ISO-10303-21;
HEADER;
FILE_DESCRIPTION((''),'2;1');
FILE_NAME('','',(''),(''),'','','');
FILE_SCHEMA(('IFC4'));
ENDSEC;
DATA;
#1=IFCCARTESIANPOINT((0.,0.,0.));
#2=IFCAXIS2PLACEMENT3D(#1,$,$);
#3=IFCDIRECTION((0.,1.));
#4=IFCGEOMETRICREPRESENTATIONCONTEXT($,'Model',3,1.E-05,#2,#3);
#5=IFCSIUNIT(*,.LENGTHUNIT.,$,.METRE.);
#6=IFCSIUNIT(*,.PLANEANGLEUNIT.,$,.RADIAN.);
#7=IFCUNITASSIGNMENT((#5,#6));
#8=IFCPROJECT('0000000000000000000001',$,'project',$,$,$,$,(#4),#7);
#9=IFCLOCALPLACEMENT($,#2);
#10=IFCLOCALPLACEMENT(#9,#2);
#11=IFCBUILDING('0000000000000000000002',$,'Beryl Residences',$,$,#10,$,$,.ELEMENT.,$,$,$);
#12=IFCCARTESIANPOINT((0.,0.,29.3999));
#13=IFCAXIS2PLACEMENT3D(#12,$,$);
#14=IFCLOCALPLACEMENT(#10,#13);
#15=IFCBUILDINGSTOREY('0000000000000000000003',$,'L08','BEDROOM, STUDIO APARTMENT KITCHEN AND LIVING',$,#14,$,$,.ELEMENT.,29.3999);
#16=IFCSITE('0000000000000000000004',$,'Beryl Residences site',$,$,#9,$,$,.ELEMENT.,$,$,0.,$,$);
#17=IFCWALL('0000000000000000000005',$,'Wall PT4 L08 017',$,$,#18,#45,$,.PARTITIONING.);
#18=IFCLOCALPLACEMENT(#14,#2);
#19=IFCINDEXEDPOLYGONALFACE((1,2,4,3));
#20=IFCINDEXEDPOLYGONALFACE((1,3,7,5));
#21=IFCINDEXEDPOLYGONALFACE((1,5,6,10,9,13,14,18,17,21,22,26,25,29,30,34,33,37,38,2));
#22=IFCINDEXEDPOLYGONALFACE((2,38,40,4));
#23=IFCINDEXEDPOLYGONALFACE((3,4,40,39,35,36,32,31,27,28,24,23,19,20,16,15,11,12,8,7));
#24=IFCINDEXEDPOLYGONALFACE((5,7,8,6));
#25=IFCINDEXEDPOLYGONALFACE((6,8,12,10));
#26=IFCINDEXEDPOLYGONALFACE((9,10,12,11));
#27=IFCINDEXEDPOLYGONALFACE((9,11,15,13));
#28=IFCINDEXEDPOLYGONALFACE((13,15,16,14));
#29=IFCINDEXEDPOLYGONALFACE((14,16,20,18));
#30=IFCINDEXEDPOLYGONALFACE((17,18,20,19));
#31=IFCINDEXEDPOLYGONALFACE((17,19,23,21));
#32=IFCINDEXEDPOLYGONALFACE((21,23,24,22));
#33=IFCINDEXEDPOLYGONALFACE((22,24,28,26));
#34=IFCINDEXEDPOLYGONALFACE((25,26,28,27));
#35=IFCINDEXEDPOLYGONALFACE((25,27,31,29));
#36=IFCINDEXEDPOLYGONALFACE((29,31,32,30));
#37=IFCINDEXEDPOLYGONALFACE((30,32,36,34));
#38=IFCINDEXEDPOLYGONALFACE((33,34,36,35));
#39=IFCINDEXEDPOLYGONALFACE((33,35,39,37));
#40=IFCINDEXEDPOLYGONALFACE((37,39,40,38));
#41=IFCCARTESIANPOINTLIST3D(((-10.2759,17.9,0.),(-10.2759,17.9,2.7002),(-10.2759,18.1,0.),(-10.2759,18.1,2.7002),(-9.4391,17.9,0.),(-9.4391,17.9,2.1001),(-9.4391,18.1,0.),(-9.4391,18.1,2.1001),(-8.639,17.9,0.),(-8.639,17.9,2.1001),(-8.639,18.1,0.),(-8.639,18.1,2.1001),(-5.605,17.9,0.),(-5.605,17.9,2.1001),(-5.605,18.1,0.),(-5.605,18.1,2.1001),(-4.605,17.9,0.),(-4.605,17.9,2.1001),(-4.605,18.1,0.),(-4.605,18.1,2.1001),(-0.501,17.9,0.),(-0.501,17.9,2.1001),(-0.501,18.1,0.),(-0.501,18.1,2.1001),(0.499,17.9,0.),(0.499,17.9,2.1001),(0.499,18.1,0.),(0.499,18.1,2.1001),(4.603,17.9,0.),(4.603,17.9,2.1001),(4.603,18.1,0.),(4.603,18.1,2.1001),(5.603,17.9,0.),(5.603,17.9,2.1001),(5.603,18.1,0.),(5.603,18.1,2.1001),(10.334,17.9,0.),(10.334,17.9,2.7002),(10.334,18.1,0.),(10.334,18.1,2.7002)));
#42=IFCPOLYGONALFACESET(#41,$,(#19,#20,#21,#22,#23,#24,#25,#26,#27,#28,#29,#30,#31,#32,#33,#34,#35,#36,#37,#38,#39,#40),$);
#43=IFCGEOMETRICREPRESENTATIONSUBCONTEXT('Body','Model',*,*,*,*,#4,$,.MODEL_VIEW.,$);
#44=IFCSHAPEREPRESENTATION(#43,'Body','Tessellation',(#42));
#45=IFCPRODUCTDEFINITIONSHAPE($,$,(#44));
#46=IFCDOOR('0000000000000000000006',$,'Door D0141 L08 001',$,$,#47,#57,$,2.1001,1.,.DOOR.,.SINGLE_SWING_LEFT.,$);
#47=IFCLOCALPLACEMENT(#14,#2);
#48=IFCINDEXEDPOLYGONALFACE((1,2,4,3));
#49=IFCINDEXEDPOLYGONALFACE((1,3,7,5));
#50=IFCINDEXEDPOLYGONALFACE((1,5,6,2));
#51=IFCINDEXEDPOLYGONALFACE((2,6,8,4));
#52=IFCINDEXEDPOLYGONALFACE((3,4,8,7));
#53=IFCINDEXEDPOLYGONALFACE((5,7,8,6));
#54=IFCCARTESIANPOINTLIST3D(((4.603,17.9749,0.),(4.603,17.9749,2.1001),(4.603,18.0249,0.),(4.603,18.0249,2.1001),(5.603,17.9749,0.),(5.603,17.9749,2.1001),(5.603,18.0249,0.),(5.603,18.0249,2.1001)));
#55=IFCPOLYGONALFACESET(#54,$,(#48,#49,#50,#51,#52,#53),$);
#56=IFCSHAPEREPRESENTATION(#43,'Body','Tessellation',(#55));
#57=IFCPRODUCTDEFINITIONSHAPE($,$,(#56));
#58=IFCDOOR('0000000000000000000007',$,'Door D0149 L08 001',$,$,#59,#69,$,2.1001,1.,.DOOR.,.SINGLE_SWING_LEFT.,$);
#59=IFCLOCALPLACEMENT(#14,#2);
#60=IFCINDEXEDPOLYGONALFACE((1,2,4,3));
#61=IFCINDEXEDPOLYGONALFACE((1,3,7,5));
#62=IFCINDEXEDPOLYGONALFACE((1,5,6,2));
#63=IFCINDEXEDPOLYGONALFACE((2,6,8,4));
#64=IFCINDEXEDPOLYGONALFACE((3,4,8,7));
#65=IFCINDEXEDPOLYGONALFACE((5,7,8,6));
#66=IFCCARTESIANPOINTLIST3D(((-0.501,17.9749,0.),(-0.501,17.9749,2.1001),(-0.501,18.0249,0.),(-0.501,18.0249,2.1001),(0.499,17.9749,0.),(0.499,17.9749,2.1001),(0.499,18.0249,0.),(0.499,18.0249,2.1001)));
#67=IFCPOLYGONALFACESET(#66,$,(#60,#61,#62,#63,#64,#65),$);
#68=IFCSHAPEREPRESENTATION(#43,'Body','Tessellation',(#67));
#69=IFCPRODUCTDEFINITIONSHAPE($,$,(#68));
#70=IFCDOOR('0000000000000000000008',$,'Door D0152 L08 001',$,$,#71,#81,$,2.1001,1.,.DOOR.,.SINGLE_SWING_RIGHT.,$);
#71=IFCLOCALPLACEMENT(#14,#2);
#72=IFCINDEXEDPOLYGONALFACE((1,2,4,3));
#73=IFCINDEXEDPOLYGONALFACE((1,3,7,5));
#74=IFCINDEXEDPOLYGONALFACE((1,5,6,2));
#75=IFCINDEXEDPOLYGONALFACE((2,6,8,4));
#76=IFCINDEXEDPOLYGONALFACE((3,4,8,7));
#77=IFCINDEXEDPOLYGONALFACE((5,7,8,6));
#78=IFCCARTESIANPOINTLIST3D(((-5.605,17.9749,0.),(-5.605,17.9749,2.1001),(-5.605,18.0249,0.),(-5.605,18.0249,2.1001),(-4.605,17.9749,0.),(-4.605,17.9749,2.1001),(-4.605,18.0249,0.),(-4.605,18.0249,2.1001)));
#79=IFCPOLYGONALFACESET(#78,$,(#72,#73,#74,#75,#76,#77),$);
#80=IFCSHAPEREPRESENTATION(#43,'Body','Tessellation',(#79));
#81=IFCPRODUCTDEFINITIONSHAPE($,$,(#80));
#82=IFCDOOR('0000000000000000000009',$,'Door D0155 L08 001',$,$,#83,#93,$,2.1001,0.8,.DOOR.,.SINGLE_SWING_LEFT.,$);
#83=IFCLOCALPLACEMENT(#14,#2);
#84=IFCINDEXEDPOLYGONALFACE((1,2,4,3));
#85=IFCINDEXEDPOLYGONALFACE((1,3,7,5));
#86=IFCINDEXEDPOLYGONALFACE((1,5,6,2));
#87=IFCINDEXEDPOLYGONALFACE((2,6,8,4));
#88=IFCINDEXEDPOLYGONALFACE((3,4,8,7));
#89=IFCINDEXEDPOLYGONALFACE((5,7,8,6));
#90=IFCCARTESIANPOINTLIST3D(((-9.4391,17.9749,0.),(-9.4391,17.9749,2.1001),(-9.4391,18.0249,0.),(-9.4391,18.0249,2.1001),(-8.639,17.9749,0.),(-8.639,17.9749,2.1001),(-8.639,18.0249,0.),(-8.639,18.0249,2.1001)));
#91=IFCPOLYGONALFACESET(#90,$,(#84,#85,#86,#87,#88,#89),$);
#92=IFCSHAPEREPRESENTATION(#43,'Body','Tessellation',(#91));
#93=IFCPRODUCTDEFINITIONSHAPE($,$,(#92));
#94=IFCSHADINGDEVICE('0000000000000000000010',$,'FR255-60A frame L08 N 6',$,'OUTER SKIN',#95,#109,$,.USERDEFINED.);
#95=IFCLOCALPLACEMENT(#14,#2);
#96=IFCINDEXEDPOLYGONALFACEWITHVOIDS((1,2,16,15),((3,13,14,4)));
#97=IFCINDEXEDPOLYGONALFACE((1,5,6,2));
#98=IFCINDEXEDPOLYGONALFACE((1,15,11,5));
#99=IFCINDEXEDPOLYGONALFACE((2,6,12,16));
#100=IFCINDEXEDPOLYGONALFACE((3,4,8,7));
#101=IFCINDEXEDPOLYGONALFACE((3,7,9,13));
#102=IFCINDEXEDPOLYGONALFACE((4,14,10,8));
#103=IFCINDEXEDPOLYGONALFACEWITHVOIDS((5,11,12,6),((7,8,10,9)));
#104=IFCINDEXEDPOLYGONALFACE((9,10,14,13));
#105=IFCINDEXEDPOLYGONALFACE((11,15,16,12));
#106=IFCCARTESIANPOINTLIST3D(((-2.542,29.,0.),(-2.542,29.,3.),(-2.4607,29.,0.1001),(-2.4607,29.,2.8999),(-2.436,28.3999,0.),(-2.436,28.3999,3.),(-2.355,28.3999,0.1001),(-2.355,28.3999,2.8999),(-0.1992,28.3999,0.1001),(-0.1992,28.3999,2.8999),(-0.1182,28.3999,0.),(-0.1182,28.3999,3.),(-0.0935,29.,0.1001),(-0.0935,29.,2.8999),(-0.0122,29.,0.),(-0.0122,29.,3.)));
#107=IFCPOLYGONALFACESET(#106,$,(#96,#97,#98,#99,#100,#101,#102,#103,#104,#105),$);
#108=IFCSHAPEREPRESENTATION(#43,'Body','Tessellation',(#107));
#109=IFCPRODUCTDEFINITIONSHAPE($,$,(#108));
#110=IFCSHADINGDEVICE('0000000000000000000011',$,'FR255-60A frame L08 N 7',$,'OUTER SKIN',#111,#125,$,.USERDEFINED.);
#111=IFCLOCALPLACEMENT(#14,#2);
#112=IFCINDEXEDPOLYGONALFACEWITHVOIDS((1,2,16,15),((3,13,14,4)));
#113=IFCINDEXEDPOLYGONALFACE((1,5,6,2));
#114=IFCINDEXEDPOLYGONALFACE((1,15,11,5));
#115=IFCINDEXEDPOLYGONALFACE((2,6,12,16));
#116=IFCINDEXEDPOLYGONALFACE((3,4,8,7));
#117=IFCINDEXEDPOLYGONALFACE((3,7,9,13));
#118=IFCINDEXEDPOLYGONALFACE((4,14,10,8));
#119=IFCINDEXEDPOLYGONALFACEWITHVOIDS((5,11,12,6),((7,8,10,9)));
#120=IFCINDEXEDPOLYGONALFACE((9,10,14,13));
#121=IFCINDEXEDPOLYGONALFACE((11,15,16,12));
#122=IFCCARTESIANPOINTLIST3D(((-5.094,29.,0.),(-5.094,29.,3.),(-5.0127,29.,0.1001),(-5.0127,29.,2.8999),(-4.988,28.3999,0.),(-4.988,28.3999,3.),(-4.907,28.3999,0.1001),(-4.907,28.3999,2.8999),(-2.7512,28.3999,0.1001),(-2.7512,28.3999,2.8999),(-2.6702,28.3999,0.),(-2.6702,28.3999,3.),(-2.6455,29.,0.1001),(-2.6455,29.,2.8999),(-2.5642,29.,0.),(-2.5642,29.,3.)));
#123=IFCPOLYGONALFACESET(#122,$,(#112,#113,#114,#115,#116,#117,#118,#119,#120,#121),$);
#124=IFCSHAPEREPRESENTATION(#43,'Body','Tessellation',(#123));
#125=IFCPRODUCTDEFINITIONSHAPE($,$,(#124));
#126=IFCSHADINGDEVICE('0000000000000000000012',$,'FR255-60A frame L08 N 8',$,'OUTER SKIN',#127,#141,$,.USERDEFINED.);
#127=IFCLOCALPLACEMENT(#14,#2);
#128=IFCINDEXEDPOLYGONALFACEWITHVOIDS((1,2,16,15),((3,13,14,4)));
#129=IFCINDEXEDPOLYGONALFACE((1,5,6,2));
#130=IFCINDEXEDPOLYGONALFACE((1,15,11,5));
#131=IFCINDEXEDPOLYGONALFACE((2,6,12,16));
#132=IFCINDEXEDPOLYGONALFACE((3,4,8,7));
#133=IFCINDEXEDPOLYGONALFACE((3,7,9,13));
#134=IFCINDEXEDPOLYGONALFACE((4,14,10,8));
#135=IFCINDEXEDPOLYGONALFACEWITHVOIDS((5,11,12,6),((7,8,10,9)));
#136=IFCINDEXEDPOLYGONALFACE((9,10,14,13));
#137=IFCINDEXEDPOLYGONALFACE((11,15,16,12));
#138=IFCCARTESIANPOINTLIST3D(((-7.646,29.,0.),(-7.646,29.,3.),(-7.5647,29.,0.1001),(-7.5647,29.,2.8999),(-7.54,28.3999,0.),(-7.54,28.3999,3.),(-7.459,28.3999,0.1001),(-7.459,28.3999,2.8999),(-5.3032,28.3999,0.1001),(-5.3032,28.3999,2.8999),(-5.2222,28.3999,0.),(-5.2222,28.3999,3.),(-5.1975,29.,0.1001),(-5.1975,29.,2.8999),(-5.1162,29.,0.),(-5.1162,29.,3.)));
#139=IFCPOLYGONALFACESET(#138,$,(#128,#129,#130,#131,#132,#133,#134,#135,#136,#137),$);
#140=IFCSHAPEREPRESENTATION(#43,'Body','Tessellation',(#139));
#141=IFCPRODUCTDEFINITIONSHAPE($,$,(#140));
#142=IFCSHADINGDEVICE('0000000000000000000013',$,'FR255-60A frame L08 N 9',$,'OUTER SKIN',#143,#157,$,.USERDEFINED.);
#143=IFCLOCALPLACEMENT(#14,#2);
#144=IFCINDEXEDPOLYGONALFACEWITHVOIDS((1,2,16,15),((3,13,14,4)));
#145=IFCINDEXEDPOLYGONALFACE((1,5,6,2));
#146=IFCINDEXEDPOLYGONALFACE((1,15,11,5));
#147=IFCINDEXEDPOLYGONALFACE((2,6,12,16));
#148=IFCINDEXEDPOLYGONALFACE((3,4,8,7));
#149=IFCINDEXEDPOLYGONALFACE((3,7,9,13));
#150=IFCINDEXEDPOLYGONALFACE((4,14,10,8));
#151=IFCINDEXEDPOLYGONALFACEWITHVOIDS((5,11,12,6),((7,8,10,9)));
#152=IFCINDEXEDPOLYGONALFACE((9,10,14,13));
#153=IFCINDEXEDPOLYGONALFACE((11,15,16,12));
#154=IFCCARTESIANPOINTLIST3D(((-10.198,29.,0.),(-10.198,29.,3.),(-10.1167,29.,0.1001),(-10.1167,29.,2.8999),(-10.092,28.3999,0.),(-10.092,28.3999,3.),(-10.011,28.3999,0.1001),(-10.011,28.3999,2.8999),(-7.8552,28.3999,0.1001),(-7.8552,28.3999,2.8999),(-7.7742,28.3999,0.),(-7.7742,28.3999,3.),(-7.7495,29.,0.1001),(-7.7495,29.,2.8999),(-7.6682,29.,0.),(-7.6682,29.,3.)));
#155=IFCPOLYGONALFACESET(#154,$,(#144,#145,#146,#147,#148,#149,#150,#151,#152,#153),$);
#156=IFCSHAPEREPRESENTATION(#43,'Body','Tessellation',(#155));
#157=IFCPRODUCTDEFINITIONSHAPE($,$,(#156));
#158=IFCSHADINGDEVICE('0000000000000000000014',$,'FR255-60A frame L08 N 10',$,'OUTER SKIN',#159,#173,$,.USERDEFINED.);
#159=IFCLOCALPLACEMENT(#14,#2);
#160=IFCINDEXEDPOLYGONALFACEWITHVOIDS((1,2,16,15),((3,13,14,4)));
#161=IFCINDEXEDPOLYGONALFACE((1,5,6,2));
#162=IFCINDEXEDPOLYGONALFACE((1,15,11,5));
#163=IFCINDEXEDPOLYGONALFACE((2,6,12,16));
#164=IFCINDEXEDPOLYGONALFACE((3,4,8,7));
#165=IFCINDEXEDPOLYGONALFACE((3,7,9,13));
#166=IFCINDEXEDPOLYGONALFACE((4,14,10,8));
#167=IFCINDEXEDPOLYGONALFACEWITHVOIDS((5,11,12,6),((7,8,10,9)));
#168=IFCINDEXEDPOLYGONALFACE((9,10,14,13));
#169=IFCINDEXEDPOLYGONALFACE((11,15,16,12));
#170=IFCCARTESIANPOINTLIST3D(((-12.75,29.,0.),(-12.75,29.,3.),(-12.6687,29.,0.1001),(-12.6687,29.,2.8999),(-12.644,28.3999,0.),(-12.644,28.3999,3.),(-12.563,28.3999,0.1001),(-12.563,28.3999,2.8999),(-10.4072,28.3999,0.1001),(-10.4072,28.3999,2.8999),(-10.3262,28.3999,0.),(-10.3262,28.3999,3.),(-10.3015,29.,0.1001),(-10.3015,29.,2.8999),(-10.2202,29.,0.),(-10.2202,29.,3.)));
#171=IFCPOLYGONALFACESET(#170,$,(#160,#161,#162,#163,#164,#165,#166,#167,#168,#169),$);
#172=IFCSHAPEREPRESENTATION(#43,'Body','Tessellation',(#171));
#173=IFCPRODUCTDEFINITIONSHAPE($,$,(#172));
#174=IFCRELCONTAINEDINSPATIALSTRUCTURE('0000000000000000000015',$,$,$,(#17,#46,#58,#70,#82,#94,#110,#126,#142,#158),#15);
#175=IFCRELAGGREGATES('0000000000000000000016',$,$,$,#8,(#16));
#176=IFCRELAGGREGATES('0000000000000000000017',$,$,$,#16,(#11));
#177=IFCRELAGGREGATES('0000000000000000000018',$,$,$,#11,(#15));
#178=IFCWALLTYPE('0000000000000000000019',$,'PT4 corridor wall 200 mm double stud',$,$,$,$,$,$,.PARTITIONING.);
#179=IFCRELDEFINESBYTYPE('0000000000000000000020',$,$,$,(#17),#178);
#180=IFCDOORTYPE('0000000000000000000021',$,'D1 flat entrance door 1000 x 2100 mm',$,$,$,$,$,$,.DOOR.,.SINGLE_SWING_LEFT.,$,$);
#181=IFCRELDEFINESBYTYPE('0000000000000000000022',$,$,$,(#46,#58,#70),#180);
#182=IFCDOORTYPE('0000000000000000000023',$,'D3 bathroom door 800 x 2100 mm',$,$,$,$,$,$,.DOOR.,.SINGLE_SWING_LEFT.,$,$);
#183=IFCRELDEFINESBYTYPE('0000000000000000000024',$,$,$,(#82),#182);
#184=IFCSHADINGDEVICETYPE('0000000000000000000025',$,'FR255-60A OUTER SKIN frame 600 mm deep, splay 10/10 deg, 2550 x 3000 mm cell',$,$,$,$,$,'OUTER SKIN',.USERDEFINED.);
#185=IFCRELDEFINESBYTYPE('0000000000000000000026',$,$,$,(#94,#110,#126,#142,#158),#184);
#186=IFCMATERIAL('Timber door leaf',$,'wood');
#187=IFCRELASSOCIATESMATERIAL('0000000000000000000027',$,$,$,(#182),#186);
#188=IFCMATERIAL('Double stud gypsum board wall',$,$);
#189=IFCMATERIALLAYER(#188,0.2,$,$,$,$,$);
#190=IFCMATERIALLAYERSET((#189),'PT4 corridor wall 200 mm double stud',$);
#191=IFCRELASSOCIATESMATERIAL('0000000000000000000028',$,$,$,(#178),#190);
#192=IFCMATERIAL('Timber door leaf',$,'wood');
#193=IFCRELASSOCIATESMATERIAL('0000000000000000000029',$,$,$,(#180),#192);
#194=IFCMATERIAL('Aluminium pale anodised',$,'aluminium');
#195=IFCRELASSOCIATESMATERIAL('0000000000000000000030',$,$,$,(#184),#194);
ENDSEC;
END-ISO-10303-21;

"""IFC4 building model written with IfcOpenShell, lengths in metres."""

from ifc_helpers import new_model, entity, si_unit, direction, frame, frame_2d, origin, place, context, subcontext, project, spatial, rectangle, extrude, source, transform, mapped, material, layer, layer_set, type_object, type_shapes, element, fill, save


model = new_model("IFC4")

# Units and contexts
model_context = context("Model", 3, precision=1e-05, world=origin(), true_north=direction((0.0, 1.0)))
body_context = subcontext(model_context, "Body", "Model", "MODEL_VIEW")
ifc_project = project(units=[si_unit("LENGTHUNIT", "METRE"), si_unit("PLANEANGLEUNIT", "RADIAN")], contexts=[model_context])

# Site, building, storey
site_placement = place(None, origin())
site = spatial("IfcSite", under=ifc_project, at=site_placement, Name="Beryl Residences site", CompositionType="ELEMENT", RefElevation=0.0)
building_placement = place(site_placement, origin())
building = spatial("IfcBuilding", under=site, at=building_placement, Name="Beryl Residences", CompositionType="ELEMENT")
storey_placement = place(building_placement, frame((0.0, 0.0, 29.3999)))
storey = spatial("IfcBuildingStorey", under=building, at=storey_placement, Name="L08", Description="BEDROOM, STUDIO APARTMENT KITCHEN AND LIVING", CompositionType="ELEMENT", Elevation=29.3999)

# Shared definitions
ifc_material_1 = material(Name="Timber door leaf", Category="wood")
door_type_1 = type_object("IfcDoorType", Name="D3 bathroom door 800 x 2100 mm", OperationType="SINGLE_SWING_LEFT", PredefinedType="DOOR", material=ifc_material_1)

# Shared definitions
ifc_material_2 = material(Name="Double stud gypsum board wall")
ifc_layer_1 = layer(ifc_material_2, 0.2)
ifc_layer_set_1 = layer_set([ifc_layer_1], Name="PT4 corridor wall 200 mm double stud")
wall_type_1 = type_object("IfcWallType", Name="PT4 corridor wall 200 mm double stud", PredefinedType="PARTITIONING", material=ifc_layer_set_1)

# Wall, openings, doors
wall_1_placement = place(storey_placement, frame((-10.2759, 18.0, 0.0), z_axis=(0.0, 0.0, 1.0), x_axis=(1.0, 0.0, 0.0)))
wall_1 = element("IfcWall", 1, at=wall_1_placement, inside=storey, type_object=wall_type_1, Name="Wall PT4 L08 017", PredefinedType="PARTITIONING", context=body_context, shape_type="SweptSolid", body=[
    extrude(rectangle(XDim=20.6099, YDim=0.2, at=frame_2d((10.3049, 0.0))), origin(), (0.0, 0.0, 1.0), 2.7002),
])
opening_1_placement = place(wall_1_placement, frame((14.8789, 0.0, 0.0)))
opening_1 = element("IfcOpeningElement", 2, at=opening_1_placement, cuts=wall_1, PredefinedType="OPENING", context=body_context, shape_type="SweptSolid", body=[
    extrude(rectangle(XDim=1.0, YDim=2.1001, at=frame_2d((0.5, 1.05))), frame((0.0, 0.1099, 0.0), z_axis=(0.0, -1.0, 0.0), x_axis=(1.0, 0.0, 0.0)), (0.0, 0.0, 1.0), 0.22),
])
opening_2_placement = place(wall_1_placement, frame((9.7749, 0.0, 0.0)))
opening_2 = element("IfcOpeningElement", 3, at=opening_2_placement, cuts=wall_1, PredefinedType="OPENING", context=body_context, shape_type="SweptSolid", body=[
    extrude(rectangle(XDim=1.0, YDim=2.1001, at=frame_2d((0.5, 1.05))), frame((0.0, 0.1099, 0.0), z_axis=(0.0, -1.0, 0.0), x_axis=(1.0, 0.0, 0.0)), (0.0, 0.0, 1.0), 0.22),
])
opening_3_placement = place(wall_1_placement, frame((4.6709, 0.0, 0.0)))
opening_3 = element("IfcOpeningElement", 4, at=opening_3_placement, cuts=wall_1, PredefinedType="OPENING", context=body_context, shape_type="SweptSolid", body=[
    extrude(rectangle(XDim=1.0, YDim=2.1001, at=frame_2d((0.5, 1.05))), frame((0.0, 0.1099, 0.0), z_axis=(0.0, -1.0, 0.0), x_axis=(1.0, 0.0, 0.0)), (0.0, 0.0, 1.0), 0.22),
])
opening_4_placement = place(wall_1_placement, frame((0.8369, 0.0, 0.0)))
opening_4 = element("IfcOpeningElement", 5, at=opening_4_placement, cuts=wall_1, PredefinedType="OPENING", context=body_context, shape_type="SweptSolid", body=[
    extrude(rectangle(XDim=0.8, YDim=2.1001, at=frame_2d((0.3999, 1.05))), frame((0.0, 0.1099, 0.0), z_axis=(0.0, -1.0, 0.0), x_axis=(1.0, 0.0, 0.0)), (0.0, 0.0, 1.0), 0.22),
])
ifc_material_3 = material(Name="Timber door leaf", Category="wood")
door_type_2 = type_object("IfcDoorType", Name="D1 flat entrance door 1000 x 2100 mm", OperationType="SINGLE_SWING_LEFT", PredefinedType="DOOR", material=ifc_material_3)
door_1_placement = place(opening_1_placement, origin())
door_1 = element("IfcDoor", 6, at=door_1_placement, inside=storey, type_object=door_type_2, Name="Door D0141 L08 001", OperationType="SINGLE_SWING_LEFT", OverallHeight=2.1001, OverallWidth=1.0, PredefinedType="DOOR", context=body_context, shape_type="SweptSolid", body=[
    extrude(rectangle(XDim=1.0, YDim=2.1001, at=frame_2d((0.5, 1.05))), frame((0.0, 0.0249, 0.0), z_axis=(0.0, -1.0, 0.0), x_axis=(1.0, 0.0, 0.0)), (0.0, 0.0, 1.0), 0.05),
])
fill(opening_1, door_1)
door_2_placement = place(opening_2_placement, origin())
door_2 = element("IfcDoor", 7, at=door_2_placement, inside=storey, type_object=door_type_2, Name="Door D0149 L08 001", OperationType="SINGLE_SWING_LEFT", OverallHeight=2.1001, OverallWidth=1.0, PredefinedType="DOOR", context=body_context, shape_type="SweptSolid", body=[
    extrude(rectangle(XDim=1.0, YDim=2.1001, at=frame_2d((0.5, 1.05))), frame((0.0, 0.0249, 0.0), z_axis=(0.0, -1.0, 0.0), x_axis=(1.0, 0.0, 0.0)), (0.0, 0.0, 1.0), 0.05),
])
fill(opening_2, door_2)
door_3_placement = place(opening_3_placement, origin())
door_3 = element("IfcDoor", 8, at=door_3_placement, inside=storey, type_object=door_type_2, Name="Door D0152 L08 001", OperationType="SINGLE_SWING_RIGHT", OverallHeight=2.1001, OverallWidth=1.0, PredefinedType="DOOR", context=body_context, shape_type="SweptSolid", body=[
    extrude(rectangle(XDim=1.0, YDim=2.1001, at=frame_2d((0.5, 1.05))), frame((0.0, 0.0249, 0.0), z_axis=(0.0, -1.0, 0.0), x_axis=(1.0, 0.0, 0.0)), (0.0, 0.0, 1.0), 0.05),
])
fill(opening_3, door_3)
door_4_placement = place(opening_4_placement, origin())
door_4 = element("IfcDoor", 9, at=door_4_placement, inside=storey, type_object=door_type_1, Name="Door D0155 L08 001", OperationType="SINGLE_SWING_LEFT", OverallHeight=2.1001, OverallWidth=0.8, PredefinedType="DOOR", context=body_context, shape_type="SweptSolid", body=[
    extrude(rectangle(XDim=0.8, YDim=2.1001, at=frame_2d((0.3999, 1.05))), frame((0.0, 0.0249, 0.0), z_axis=(0.0, -1.0, 0.0), x_axis=(1.0, 0.0, 0.0)), (0.0, 0.0, 1.0), 0.05),
])
fill(opening_4, door_4)

# Shading devices
ifc_material_4 = material(Name="Aluminium pale anodised", Category="aluminium")
shading_device_type = type_object("IfcShadingDeviceType", Name="FR255-60A OUTER SKIN frame 600 mm deep, splay 10/10 deg, 2550 x 3000 mm cell", ElementType="OUTER SKIN", PredefinedType="USERDEFINED", material=ifc_material_4)
cartesian_point_1 = entity("IfcCartesianPoint", [-1.1589, 0.0])
cartesian_point_2 = entity("IfcCartesianPoint", [-1.0779, 0.1001])
cartesian_point_3 = entity("IfcCartesianPoint", [-1.2649, 0.0])
cartesian_point_4 = entity("IfcCartesianPoint", [-1.1836, 0.1001])
shared_shape_1 = source(origin(), body_context, "Body", "SweptSolid", [
    entity("IfcExtrudedAreaSolidTapered", entity("IfcArbitraryProfileDefWithVoids", "AREA", None, entity("IfcPolyline", [cartesian_point_1, entity("IfcCartesianPoint", [1.1589, 0.0]), entity("IfcCartesianPoint", [1.1589, 3.0]), entity("IfcCartesianPoint", [-1.1589, 3.0]), cartesian_point_1]), [entity("IfcPolyline", [cartesian_point_2, entity("IfcCartesianPoint", [1.0779, 0.1001]), entity("IfcCartesianPoint", [1.0779, 2.8999]), entity("IfcCartesianPoint", [-1.0779, 2.8999]), cartesian_point_2])]), entity("IfcAxis2Placement3D", entity("IfcCartesianPoint", [0.0, 0.0, 0.0]), entity("IfcDirection", [0.0, 1.0, 0.0]), entity("IfcDirection", [-1.0, 0.0, 0.0])), entity("IfcDirection", [0.0, 0.0, 1.0]), 0.6001, entity("IfcArbitraryProfileDefWithVoids", "AREA", None, entity("IfcPolyline", [cartesian_point_3, entity("IfcCartesianPoint", [1.2649, 0.0]), entity("IfcCartesianPoint", [1.2649, 3.0]), entity("IfcCartesianPoint", [-1.2649, 3.0]), cartesian_point_3]), [entity("IfcPolyline", [cartesian_point_4, entity("IfcCartesianPoint", [1.1836, 0.1001]), entity("IfcCartesianPoint", [1.1836, 2.8999]), entity("IfcCartesianPoint", [-1.1836, 2.8999]), cartesian_point_4])])),
])
type_shapes(shading_device_type, [shared_shape_1])
for number, where, z_axis, x_axis, name in (
    (10, (-1.2771, 28.3999, 0.0), (0.0, 0.0, 1.0), (1.0, 0.0, 0.0), "FR255-60A frame L08 N 6"),
    (11, (-3.8291, 28.3999, 0.0), (0.0, 0.0, 1.0), (1.0, 0.0, 0.0), "FR255-60A frame L08 N 7"),
    (12, (-6.3811, 28.3999, 0.0), (0.0, 0.0, 1.0), (1.0, 0.0, 0.0), "FR255-60A frame L08 N 8"),
    (13, (-8.9331, 28.3999, 0.0), (0.0, 0.0, 1.0), (1.0, 0.0, 0.0), "FR255-60A frame L08 N 9"),
    (14, (-11.4851, 28.3999, 0.0), (0.0, 0.0, 1.0), (1.0, 0.0, 0.0), "FR255-60A frame L08 N 10"),
):
    element("IfcShadingDevice", number, at=place(storey_placement, frame(where, z_axis=z_axis, x_axis=x_axis)), inside=storey, type_object=shading_device_type, Name=name, ObjectType="OUTER SKIN", PredefinedType="USERDEFINED", context=body_context, shape_type="MappedRepresentation", body=[
        mapped(shared_shape_1, transform((0.0, 0.0, 0.0))),
    ])

save(model, "model.ifc")
